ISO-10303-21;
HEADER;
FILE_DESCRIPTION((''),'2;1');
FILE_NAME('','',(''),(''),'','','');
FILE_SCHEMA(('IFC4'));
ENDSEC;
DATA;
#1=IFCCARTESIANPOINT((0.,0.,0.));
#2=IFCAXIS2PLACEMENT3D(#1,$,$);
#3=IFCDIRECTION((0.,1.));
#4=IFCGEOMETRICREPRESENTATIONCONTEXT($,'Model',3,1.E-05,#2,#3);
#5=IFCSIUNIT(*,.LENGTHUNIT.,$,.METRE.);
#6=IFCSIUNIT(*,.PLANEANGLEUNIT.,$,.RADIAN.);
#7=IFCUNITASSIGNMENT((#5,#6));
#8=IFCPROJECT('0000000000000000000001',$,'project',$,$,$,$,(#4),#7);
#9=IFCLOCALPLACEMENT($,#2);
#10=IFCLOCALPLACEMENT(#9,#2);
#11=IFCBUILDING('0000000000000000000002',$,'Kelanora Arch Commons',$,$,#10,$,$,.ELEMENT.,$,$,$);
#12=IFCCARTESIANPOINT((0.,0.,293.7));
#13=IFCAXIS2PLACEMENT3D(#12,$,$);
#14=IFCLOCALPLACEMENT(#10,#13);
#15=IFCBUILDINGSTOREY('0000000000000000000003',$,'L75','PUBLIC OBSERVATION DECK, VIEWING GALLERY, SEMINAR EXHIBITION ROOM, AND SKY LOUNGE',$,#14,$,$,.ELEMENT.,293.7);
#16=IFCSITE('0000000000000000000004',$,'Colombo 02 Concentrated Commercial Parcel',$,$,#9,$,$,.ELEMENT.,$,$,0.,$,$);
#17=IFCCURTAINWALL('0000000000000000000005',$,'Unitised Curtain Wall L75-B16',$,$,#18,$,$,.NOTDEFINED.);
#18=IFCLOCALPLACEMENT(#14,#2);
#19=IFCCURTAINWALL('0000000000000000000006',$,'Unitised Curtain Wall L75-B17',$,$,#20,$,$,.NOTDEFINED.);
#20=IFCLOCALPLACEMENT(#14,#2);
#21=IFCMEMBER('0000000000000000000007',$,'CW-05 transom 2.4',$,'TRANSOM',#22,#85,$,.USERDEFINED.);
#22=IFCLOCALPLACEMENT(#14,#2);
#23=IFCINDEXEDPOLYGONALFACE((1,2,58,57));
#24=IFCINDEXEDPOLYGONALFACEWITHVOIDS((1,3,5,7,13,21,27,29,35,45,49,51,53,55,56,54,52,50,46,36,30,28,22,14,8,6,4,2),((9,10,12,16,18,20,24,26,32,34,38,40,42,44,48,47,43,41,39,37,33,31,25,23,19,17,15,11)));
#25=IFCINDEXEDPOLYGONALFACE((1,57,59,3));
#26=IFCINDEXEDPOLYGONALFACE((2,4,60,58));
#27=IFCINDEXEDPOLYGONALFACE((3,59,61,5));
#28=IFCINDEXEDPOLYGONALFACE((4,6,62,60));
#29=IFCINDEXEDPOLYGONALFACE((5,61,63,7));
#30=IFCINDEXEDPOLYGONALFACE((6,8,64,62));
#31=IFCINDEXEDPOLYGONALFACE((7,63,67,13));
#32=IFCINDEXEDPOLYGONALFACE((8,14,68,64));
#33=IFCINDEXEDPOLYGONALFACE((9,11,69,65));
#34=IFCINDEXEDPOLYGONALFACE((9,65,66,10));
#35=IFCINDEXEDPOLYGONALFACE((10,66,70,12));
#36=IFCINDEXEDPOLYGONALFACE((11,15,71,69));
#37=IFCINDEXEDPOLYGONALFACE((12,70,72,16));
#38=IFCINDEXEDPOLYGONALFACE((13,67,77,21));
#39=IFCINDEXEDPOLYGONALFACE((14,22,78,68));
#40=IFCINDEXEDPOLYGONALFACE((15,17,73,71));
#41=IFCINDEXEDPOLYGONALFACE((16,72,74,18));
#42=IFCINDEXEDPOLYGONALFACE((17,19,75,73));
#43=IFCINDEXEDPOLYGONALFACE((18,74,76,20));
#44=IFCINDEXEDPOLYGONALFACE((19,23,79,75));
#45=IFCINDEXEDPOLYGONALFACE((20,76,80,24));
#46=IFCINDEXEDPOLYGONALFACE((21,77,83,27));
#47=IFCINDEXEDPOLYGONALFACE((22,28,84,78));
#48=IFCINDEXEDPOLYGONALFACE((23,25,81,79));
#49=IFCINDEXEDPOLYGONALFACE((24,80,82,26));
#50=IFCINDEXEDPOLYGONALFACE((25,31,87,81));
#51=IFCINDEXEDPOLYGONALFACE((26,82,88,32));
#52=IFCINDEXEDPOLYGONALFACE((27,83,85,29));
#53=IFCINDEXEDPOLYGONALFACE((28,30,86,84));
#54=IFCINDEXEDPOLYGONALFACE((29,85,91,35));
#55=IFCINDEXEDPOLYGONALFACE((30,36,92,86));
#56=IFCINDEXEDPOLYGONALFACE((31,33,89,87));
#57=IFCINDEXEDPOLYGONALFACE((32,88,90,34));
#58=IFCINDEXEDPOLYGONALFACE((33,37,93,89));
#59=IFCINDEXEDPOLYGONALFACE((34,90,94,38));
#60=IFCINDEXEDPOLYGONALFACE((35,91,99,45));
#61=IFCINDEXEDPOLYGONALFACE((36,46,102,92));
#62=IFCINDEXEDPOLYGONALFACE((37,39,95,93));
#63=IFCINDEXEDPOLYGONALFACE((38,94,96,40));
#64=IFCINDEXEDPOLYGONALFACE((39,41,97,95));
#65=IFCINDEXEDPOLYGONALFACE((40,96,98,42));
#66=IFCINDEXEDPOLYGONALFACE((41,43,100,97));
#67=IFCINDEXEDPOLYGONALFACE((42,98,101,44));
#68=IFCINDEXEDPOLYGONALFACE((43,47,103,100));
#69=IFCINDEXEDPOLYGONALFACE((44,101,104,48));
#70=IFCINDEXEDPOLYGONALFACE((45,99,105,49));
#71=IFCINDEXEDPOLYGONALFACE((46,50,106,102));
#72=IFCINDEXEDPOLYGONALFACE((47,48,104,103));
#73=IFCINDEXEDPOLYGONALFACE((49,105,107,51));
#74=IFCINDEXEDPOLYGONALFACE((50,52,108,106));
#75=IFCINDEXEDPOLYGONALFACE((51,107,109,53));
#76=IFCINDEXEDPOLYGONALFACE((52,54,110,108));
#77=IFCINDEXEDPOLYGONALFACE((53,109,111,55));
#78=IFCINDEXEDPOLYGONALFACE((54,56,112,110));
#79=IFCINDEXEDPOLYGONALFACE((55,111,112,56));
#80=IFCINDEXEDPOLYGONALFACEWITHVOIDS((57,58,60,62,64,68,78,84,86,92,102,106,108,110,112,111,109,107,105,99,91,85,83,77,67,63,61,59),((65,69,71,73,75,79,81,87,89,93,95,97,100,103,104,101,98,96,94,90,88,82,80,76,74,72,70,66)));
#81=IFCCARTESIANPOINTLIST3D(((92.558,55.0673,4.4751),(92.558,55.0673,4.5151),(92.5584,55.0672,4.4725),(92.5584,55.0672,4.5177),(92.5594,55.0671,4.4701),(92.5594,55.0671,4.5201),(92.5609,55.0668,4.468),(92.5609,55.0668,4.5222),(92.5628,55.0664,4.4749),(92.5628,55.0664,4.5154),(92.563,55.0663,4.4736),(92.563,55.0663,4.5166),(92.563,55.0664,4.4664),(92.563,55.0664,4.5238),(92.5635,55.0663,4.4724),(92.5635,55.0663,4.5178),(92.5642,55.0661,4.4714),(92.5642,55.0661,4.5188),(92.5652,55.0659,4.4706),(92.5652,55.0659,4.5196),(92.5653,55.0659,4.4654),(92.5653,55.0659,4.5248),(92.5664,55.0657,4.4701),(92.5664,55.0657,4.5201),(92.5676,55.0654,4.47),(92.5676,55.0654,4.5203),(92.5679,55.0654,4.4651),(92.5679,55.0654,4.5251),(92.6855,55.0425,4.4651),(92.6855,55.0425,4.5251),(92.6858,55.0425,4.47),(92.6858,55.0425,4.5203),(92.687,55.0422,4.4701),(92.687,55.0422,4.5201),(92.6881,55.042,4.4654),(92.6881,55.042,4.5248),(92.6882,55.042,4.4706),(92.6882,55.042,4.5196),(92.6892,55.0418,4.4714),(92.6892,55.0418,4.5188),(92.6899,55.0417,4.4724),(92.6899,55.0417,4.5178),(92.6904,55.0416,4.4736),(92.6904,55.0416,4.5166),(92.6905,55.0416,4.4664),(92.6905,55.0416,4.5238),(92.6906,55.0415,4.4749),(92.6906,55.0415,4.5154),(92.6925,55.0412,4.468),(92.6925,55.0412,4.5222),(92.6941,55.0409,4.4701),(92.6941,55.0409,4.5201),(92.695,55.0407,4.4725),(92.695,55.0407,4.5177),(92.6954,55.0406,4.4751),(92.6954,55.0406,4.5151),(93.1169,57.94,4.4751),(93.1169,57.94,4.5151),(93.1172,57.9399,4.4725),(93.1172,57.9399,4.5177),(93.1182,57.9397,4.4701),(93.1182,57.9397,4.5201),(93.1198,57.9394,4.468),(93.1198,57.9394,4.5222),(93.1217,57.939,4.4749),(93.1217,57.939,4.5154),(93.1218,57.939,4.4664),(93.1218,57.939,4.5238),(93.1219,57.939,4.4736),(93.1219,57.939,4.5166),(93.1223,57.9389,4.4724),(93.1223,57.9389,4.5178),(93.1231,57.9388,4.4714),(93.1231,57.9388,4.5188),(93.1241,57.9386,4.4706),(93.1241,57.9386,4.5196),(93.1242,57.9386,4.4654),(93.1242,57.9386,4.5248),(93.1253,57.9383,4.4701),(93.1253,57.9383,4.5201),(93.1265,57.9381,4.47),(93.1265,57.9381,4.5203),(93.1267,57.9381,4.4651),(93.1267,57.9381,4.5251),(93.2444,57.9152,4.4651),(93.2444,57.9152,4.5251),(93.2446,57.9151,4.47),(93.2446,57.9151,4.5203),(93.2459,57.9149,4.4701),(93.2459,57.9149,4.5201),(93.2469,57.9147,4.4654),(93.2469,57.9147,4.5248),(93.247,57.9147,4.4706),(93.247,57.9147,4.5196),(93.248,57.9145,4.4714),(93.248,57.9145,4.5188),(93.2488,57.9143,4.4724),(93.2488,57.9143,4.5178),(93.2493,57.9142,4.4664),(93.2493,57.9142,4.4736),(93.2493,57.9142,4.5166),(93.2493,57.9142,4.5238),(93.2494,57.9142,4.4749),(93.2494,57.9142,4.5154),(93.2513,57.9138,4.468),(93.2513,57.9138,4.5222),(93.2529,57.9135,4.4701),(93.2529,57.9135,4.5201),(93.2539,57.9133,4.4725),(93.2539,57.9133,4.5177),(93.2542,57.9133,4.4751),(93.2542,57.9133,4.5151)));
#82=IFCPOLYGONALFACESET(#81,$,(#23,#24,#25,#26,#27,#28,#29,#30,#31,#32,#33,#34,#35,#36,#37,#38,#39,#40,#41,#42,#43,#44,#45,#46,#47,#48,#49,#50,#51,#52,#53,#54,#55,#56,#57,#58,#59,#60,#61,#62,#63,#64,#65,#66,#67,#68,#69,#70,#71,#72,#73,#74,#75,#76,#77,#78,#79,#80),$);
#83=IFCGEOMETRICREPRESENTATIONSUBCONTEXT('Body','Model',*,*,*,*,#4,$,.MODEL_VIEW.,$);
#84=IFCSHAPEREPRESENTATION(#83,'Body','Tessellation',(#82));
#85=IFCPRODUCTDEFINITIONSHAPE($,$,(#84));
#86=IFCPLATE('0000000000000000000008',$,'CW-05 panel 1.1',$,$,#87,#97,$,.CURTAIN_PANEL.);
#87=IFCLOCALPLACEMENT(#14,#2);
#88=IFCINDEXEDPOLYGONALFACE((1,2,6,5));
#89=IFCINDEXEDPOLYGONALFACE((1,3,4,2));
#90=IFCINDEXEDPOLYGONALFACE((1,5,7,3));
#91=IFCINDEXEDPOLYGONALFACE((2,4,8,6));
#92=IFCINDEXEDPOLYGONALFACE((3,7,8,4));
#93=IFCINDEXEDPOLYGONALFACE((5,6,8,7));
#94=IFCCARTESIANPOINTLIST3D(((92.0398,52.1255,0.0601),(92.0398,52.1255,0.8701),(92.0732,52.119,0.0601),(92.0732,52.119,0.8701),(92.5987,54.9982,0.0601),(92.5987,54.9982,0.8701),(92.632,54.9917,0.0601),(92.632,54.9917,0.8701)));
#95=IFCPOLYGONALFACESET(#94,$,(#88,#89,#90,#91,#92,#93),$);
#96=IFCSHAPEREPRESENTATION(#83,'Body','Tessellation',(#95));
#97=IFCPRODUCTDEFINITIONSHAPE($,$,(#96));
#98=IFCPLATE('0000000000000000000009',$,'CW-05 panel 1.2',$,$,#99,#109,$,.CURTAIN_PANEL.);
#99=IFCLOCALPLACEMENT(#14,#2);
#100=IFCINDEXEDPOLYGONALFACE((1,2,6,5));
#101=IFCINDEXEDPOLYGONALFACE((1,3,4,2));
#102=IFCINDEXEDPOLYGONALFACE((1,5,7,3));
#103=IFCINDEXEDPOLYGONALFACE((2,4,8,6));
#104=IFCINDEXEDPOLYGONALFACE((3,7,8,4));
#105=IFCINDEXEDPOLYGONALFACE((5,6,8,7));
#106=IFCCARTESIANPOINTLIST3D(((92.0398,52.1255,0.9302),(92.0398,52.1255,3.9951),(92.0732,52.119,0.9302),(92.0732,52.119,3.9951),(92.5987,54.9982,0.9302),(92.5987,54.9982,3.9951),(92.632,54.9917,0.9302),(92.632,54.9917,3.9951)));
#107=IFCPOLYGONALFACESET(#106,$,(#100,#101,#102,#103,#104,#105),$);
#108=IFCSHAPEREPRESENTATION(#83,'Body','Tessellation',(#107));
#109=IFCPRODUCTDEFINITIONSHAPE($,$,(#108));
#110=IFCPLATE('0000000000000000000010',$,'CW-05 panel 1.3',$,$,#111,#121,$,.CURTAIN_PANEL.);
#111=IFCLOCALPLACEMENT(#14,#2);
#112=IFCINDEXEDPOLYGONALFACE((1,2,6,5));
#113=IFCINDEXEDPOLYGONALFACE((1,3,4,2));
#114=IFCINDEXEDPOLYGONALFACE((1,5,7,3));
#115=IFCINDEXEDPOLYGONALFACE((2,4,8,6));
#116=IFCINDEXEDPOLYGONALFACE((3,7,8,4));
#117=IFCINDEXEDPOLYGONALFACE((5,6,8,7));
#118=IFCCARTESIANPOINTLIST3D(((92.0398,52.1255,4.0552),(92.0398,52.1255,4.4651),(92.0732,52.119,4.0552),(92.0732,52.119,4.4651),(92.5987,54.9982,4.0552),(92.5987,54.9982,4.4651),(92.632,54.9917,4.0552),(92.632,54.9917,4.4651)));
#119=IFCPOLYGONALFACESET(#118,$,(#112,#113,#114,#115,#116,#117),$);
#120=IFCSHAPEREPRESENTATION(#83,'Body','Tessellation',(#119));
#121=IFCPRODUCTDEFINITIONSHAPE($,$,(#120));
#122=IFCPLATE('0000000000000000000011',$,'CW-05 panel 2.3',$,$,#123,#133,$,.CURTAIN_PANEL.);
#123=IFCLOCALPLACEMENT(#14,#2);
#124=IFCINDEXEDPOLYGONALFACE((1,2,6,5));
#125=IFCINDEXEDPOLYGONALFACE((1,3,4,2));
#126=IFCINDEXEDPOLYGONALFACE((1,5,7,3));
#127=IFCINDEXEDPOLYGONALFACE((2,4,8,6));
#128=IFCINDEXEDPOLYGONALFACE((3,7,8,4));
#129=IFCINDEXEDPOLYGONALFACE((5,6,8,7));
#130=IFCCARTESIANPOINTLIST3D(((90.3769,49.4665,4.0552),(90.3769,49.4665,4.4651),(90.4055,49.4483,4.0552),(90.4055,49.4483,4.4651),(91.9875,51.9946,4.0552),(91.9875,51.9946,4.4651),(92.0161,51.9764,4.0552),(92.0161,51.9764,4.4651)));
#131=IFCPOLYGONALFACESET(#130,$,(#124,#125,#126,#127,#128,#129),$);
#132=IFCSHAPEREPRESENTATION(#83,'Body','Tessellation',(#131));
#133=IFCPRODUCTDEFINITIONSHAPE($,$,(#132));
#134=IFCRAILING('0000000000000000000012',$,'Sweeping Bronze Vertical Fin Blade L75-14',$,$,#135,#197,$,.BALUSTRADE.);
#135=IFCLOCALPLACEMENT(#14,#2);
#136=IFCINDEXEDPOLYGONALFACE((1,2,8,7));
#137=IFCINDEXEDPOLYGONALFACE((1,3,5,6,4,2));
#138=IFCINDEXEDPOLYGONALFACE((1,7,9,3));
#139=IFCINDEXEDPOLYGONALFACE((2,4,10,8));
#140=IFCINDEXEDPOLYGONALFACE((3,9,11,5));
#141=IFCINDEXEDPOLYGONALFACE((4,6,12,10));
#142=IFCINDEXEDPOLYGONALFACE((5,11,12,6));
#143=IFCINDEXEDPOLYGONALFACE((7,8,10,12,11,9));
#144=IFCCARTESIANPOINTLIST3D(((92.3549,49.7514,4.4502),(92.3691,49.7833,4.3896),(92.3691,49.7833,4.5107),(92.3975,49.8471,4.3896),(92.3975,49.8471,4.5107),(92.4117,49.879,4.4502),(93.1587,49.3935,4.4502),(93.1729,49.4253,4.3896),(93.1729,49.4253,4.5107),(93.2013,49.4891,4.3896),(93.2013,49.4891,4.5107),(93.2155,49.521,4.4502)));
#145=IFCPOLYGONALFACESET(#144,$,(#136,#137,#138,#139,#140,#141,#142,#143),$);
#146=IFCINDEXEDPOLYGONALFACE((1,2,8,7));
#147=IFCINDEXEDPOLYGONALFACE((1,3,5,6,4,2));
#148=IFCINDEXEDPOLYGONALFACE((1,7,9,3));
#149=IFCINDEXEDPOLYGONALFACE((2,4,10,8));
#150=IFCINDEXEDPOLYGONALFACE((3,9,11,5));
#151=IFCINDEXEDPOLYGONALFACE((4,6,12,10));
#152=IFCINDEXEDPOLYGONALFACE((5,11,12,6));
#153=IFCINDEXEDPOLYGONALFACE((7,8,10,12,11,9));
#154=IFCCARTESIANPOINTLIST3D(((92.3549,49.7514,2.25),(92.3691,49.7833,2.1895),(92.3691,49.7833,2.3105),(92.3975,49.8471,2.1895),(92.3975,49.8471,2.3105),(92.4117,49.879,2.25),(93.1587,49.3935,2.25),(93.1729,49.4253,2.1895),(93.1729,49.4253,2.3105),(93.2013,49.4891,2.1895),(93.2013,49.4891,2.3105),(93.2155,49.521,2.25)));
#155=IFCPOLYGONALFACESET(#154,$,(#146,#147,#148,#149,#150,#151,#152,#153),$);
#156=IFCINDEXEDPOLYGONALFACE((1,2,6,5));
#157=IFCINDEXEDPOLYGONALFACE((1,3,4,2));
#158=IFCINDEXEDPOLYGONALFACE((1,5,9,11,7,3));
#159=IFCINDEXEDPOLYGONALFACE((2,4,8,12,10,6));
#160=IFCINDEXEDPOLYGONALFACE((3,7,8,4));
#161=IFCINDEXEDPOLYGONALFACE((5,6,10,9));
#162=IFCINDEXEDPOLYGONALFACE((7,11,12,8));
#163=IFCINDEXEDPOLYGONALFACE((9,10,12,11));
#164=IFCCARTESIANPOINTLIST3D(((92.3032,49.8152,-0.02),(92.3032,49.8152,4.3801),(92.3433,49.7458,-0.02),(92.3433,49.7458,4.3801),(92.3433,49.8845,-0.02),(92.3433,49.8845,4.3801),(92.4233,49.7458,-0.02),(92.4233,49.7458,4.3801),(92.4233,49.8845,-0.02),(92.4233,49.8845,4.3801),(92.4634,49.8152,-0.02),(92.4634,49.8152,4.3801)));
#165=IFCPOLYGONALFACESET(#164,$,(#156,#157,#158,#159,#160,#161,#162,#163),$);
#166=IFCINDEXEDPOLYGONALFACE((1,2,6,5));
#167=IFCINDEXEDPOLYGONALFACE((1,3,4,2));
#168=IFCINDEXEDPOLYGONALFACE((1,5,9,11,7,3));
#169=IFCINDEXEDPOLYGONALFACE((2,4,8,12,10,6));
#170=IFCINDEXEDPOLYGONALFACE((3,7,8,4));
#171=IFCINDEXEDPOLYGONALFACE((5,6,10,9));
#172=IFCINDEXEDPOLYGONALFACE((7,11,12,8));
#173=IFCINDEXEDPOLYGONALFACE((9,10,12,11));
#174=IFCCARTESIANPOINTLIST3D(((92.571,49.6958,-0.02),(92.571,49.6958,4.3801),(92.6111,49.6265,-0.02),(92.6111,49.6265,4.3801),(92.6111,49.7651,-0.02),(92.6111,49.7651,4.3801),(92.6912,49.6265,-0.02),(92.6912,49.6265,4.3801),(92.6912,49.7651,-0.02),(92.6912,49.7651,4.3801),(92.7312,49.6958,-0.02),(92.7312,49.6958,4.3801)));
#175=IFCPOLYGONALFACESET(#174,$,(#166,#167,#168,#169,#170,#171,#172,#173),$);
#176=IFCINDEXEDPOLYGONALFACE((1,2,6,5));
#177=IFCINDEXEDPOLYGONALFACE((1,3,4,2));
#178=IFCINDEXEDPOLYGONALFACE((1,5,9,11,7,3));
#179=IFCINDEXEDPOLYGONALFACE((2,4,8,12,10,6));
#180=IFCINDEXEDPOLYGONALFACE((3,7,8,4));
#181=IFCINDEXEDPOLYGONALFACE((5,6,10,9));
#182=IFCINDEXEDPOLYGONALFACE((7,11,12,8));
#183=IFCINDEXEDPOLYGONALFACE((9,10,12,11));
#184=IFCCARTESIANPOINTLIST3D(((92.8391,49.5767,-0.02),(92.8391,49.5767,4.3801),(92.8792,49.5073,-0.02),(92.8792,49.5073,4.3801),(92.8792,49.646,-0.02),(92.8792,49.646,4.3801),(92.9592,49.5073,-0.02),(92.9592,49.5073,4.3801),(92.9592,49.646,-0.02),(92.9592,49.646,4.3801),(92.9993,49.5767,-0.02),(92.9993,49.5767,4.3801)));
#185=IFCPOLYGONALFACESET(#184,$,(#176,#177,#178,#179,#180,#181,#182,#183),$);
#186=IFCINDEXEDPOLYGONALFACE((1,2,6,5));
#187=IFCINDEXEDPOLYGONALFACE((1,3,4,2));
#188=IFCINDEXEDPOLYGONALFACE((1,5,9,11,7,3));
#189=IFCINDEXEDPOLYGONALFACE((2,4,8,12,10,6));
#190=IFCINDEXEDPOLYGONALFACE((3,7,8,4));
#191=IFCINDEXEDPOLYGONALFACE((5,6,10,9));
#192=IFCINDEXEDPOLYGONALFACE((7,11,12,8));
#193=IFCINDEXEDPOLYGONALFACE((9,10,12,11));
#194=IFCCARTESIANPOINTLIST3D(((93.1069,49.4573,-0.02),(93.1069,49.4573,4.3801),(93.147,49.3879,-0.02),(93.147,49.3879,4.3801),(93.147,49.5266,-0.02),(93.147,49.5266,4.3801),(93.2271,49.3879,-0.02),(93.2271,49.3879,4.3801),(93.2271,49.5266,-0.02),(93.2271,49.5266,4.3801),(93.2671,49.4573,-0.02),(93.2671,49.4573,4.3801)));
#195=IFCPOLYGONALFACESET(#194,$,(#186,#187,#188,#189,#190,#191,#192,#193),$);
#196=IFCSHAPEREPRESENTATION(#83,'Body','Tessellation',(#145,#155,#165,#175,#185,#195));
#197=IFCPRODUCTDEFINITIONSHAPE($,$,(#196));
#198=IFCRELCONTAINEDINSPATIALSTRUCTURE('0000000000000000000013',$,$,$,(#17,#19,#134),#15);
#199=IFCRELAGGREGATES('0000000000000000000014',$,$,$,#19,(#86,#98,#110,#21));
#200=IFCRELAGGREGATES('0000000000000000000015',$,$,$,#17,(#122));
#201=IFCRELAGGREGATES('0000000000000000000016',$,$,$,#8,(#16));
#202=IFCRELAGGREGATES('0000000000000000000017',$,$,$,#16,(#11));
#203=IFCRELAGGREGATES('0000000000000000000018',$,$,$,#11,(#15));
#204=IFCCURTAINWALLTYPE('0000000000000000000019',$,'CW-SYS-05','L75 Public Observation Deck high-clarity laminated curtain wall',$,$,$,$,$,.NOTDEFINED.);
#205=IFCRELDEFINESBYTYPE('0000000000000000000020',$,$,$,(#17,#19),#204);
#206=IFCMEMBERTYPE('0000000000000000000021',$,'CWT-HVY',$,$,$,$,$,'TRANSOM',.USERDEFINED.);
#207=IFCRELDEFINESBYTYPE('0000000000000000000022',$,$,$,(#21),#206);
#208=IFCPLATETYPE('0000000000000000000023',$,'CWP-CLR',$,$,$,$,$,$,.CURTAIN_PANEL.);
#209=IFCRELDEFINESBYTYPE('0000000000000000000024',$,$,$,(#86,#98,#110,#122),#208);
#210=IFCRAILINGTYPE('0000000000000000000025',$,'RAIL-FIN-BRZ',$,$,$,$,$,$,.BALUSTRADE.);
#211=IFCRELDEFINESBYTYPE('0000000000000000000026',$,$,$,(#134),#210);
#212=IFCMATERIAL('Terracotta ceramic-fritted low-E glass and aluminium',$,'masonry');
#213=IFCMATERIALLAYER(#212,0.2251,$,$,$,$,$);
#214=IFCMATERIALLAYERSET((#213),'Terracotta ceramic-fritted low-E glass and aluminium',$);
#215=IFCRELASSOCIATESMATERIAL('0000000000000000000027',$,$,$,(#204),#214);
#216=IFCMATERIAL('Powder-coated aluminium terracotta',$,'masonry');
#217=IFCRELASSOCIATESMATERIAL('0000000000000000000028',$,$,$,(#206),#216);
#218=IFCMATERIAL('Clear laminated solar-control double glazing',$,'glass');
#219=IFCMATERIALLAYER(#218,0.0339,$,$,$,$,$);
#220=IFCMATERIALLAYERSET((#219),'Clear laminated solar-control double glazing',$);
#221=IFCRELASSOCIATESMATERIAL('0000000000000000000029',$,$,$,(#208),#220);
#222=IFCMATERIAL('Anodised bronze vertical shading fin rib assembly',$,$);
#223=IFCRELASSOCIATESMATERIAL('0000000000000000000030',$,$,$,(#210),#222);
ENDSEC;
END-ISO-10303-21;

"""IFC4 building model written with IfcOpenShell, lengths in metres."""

from ifc_helpers import new_model, si_unit, direction, frame, origin, origin_2d, place, context, subcontext, project, spatial, polyline, rectangle, hollow_rectangle, outline, extrude, source, transform, mapped, material, layer, layer_set, material_profile, profile_set, type_object, element, aggregate, save


model = new_model("IFC4")

# Units and contexts
model_context = context("Model", 3, precision=1e-05, world=origin(), true_north=direction((0.0, 1.0)))
body_context = subcontext(model_context, "Body", "Model", "MODEL_VIEW")
ifc_project = project(units=[si_unit("LENGTHUNIT", "METRE"), si_unit("PLANEANGLEUNIT", "RADIAN")], contexts=[model_context])

# Site, building, storey
site_placement = place(None, origin())
site = spatial("IfcSite", under=ifc_project, at=site_placement, Name="Colombo 02 Concentrated Commercial Parcel", CompositionType="ELEMENT", RefElevation=0.0)
building_placement = place(site_placement, origin())
building = spatial("IfcBuilding", under=site, at=building_placement, Name="Kelanora Arch Commons", CompositionType="ELEMENT")
storey_placement = place(building_placement, frame((0.0, 0.0, 293.7)))
storey = spatial("IfcBuildingStorey", under=building, at=storey_placement, Name="L75", Description="PUBLIC OBSERVATION DECK, VIEWING GALLERY, SEMINAR EXHIBITION ROOM, AND SKY LOUNGE", CompositionType="ELEMENT", Elevation=293.7)

# Curtain wall
ifc_material_1 = material(Name="Terracotta ceramic-fritted low-E glass and aluminium", Category="masonry")
ifc_layer_1 = layer(ifc_material_1, 0.2251)
ifc_layer_set_1 = layer_set([ifc_layer_1], Name="Terracotta ceramic-fritted low-E glass and aluminium")
curtain_wall_type = type_object("IfcCurtainWallType", Name="CW-SYS-05", Description="L75 Public Observation Deck high-clarity laminated curtain wall", PredefinedType="NOTDEFINED", material=ifc_layer_set_1)
curtain_wall_1_placement = place(storey_placement, origin())
curtain_wall_1 = element("IfcCurtainWall", 1, at=curtain_wall_1_placement, inside=storey, type_object=curtain_wall_type, Name="Unitised Curtain Wall L75-B16", PredefinedType="NOTDEFINED")
ifc_material_2 = material(Name="Powder-coated aluminium terracotta", Category="masonry")

# Curtain wall, member, plates
curtain_wall_2_placement = place(storey_placement, origin())
curtain_wall_2 = element("IfcCurtainWall", 2, at=curtain_wall_2_placement, inside=storey, type_object=curtain_wall_type, Name="Unitised Curtain Wall L75-B17", PredefinedType="NOTDEFINED")
ifc_material_profile_1 = material_profile(ifc_material_2, hollow_rectangle(XDim=0.1399, YDim=0.0601, WallThickness=0.0049, InnerFilletRadius=0.0049, OuterFilletRadius=0.01, at=origin_2d()), Name="CWT140x60")
ifc_profile_set_1 = profile_set([ifc_material_profile_1], Name="Powder-coated aluminium terracotta")
member_type_1 = type_object("IfcMemberType", Name="CWT-HVY", ElementType="TRANSOM", PredefinedType="USERDEFINED", material=ifc_profile_set_1)
member_1_placement = place(storey_placement, frame((92.6267, 55.054, 4.4951), z_axis=(0.190963, 0.981597, 0.0), x_axis=(-0.981597, 0.190963, 0.0)))
member_1 = element("IfcMember", 3, at=member_1_placement, type_object=member_type_1, Name="CW-05 transom 2.4", ObjectType="TRANSOM", PredefinedType="USERDEFINED", context=body_context, shape_type="SweptSolid", body=[
    extrude(hollow_rectangle(XDim=0.1399, YDim=0.0601, WallThickness=0.0049, InnerFilletRadius=0.0049, OuterFilletRadius=0.01, at=origin_2d()), origin(), (0.0, 0.0, 1.0), 2.9265),
])
ifc_material_3 = material(Name="Clear laminated solar-control double glazing", Category="glass")
ifc_layer_2 = layer(ifc_material_3, 0.0339)
ifc_layer_set_2 = layer_set([ifc_layer_2], Name="Clear laminated solar-control double glazing")
plate_type = type_object("IfcPlateType", Name="CWP-CLR", PredefinedType="CURTAIN_PANEL", material=ifc_layer_set_2)
shared_shape_1 = source(origin(), body_context, "Body", "SweptSolid", [
    extrude(rectangle(XDim=2.9265, YDim=0.0339, at=origin_2d()), origin(), (0.0, 0.0, 1.0), 0.8101),
])
plate_1_placement = place(storey_placement, frame((92.3359, 53.5586, 0.0601), z_axis=(0.0, 0.0, 1.0), x_axis=(0.190972, 0.981596, 0.0)))
plate_1 = element("IfcPlate", 4, at=plate_1_placement, type_object=plate_type, Name="CW-05 panel 1.1", PredefinedType="CURTAIN_PANEL", context=body_context, shape_type="MappedRepresentation", body=[
    mapped(shared_shape_1, transform((0.0, 0.0, 0.0), scale=1.0)),
])
shared_shape_2 = source(origin(), body_context, "Body", "SweptSolid", [
    extrude(rectangle(XDim=2.9265, YDim=0.0339, at=origin_2d()), origin(), (0.0, 0.0, 1.0), 3.0649),
])
plate_2_placement = place(storey_placement, frame((92.3359, 53.5586, 0.9302), z_axis=(0.0, 0.0, 1.0), x_axis=(0.190972, 0.981596, 0.0)))
plate_2 = element("IfcPlate", 5, at=plate_2_placement, type_object=plate_type, Name="CW-05 panel 1.2", PredefinedType="CURTAIN_PANEL", context=body_context, shape_type="MappedRepresentation", body=[
    mapped(shared_shape_2, transform((0.0, 0.0, 0.0), scale=1.0)),
])
shared_shape_3 = source(origin(), body_context, "Body", "SweptSolid", [
    extrude(rectangle(XDim=2.9265, YDim=0.0339, at=origin_2d()), origin(), (0.0, 0.0, 1.0), 0.4099),
])
plate_3_placement = place(storey_placement, frame((92.3359, 53.5586, 4.0552), z_axis=(0.0, 0.0, 1.0), x_axis=(0.190972, 0.981596, 0.0)))
plate_3 = element("IfcPlate", 6, at=plate_3_placement, type_object=plate_type, Name="CW-05 panel 1.3", PredefinedType="CURTAIN_PANEL", context=body_context, shape_type="MappedRepresentation", body=[
    mapped(shared_shape_3, transform((0.0, 0.0, 0.0), scale=1.0)),
])
aggregate(curtain_wall_2, [plate_1, plate_2, plate_3, member_1])

# Plate
shared_shape_4 = source(origin(), body_context, "Body", "SweptSolid", [
    extrude(rectangle(XDim=2.9976, YDim=0.0339, at=origin_2d()), origin(), (0.0, 0.0, 1.0), 0.4099),
])
plate_4_placement = place(storey_placement, frame((91.1965, 50.7214, 4.0552), z_axis=(0.0, 0.0, 1.0), x_axis=(0.5373, 0.843391, 0.0)))
plate_4 = element("IfcPlate", 7, at=plate_4_placement, type_object=plate_type, Name="CW-05 panel 2.3", PredefinedType="CURTAIN_PANEL", context=body_context, shape_type="MappedRepresentation", body=[
    mapped(shared_shape_4, transform((0.0, 0.0, 0.0), scale=1.0)),
])
aggregate(curtain_wall_1, [plate_4])

# Railing
ifc_material_4 = material(Name="Anodised bronze vertical shading fin rib assembly")
railing_type = type_object("IfcRailingType", Name="RAIL-FIN-BRZ", PredefinedType="BALUSTRADE", material=ifc_material_4)
railing_placement = place(storey_placement, frame((92.3833, 49.8152, -0.02)))
element("IfcRailing", 8, at=railing_placement, inside=storey, type_object=railing_type, Name="Sweeping Bronze Vertical Fin Blade L75-14", PredefinedType="BALUSTRADE", context=body_context, shape_type="SweptSolid", body=[
    extrude(outline(polyline([(0.0698, 0.0), (0.0349, 0.0605), (-0.0349, 0.0605), (-0.0698, 0.0), (-0.0349, -0.0605), (0.0349, -0.0605), (0.0698, 0.0)])), frame((0.0, 0.0, 4.4702), z_axis=(0.913514, -0.406808, 0.0), x_axis=(0.406808, 0.913514, 0.0)), (0.0, 0.0, 1.0), 0.8799),
    extrude(outline(polyline([(0.0698, 0.0), (0.0349, 0.0605), (-0.0349, 0.0605), (-0.0698, 0.0), (-0.0349, -0.0605), (0.0349, -0.0605), (0.0698, 0.0)])), frame((0.0, 0.0, 2.27), z_axis=(0.913514, -0.406808, 0.0), x_axis=(0.406808, 0.913514, 0.0)), (0.0, 0.0, 1.0), 0.8799),
    extrude(outline(polyline([(0.0801, 0.0), (0.04, 0.0693), (-0.04, 0.0693), (-0.0801, 0.0), (-0.04, -0.0693), (0.04, -0.0693), (0.0801, 0.0)])), origin(), (0.0, 0.0, 1.0), 4.4001),
    extrude(outline(polyline([(0.0801, 0.0), (0.04, 0.0693), (-0.04, 0.0693), (-0.0801, 0.0), (-0.04, -0.0693), (0.04, -0.0693), (0.0801, 0.0)])), frame((0.2678, -0.1194, 0.0)), (0.0, 0.0, 1.0), 4.4001),
    extrude(outline(polyline([(0.0801, 0.0), (0.04, 0.0693), (-0.04, 0.0693), (-0.0801, 0.0), (-0.04, -0.0693), (0.04, -0.0693), (0.0801, 0.0)])), frame((0.5359, -0.2385, 0.0)), (0.0, 0.0, 1.0), 4.4001),
    extrude(outline(polyline([(0.0801, 0.0), (0.04, 0.0693), (-0.04, 0.0693), (-0.0801, 0.0), (-0.04, -0.0693), (0.04, -0.0693), (0.0801, 0.0)])), frame((0.8037, -0.3579, 0.0)), (0.0, 0.0, 1.0), 4.4001),
])

save(model, "model.ifc")
